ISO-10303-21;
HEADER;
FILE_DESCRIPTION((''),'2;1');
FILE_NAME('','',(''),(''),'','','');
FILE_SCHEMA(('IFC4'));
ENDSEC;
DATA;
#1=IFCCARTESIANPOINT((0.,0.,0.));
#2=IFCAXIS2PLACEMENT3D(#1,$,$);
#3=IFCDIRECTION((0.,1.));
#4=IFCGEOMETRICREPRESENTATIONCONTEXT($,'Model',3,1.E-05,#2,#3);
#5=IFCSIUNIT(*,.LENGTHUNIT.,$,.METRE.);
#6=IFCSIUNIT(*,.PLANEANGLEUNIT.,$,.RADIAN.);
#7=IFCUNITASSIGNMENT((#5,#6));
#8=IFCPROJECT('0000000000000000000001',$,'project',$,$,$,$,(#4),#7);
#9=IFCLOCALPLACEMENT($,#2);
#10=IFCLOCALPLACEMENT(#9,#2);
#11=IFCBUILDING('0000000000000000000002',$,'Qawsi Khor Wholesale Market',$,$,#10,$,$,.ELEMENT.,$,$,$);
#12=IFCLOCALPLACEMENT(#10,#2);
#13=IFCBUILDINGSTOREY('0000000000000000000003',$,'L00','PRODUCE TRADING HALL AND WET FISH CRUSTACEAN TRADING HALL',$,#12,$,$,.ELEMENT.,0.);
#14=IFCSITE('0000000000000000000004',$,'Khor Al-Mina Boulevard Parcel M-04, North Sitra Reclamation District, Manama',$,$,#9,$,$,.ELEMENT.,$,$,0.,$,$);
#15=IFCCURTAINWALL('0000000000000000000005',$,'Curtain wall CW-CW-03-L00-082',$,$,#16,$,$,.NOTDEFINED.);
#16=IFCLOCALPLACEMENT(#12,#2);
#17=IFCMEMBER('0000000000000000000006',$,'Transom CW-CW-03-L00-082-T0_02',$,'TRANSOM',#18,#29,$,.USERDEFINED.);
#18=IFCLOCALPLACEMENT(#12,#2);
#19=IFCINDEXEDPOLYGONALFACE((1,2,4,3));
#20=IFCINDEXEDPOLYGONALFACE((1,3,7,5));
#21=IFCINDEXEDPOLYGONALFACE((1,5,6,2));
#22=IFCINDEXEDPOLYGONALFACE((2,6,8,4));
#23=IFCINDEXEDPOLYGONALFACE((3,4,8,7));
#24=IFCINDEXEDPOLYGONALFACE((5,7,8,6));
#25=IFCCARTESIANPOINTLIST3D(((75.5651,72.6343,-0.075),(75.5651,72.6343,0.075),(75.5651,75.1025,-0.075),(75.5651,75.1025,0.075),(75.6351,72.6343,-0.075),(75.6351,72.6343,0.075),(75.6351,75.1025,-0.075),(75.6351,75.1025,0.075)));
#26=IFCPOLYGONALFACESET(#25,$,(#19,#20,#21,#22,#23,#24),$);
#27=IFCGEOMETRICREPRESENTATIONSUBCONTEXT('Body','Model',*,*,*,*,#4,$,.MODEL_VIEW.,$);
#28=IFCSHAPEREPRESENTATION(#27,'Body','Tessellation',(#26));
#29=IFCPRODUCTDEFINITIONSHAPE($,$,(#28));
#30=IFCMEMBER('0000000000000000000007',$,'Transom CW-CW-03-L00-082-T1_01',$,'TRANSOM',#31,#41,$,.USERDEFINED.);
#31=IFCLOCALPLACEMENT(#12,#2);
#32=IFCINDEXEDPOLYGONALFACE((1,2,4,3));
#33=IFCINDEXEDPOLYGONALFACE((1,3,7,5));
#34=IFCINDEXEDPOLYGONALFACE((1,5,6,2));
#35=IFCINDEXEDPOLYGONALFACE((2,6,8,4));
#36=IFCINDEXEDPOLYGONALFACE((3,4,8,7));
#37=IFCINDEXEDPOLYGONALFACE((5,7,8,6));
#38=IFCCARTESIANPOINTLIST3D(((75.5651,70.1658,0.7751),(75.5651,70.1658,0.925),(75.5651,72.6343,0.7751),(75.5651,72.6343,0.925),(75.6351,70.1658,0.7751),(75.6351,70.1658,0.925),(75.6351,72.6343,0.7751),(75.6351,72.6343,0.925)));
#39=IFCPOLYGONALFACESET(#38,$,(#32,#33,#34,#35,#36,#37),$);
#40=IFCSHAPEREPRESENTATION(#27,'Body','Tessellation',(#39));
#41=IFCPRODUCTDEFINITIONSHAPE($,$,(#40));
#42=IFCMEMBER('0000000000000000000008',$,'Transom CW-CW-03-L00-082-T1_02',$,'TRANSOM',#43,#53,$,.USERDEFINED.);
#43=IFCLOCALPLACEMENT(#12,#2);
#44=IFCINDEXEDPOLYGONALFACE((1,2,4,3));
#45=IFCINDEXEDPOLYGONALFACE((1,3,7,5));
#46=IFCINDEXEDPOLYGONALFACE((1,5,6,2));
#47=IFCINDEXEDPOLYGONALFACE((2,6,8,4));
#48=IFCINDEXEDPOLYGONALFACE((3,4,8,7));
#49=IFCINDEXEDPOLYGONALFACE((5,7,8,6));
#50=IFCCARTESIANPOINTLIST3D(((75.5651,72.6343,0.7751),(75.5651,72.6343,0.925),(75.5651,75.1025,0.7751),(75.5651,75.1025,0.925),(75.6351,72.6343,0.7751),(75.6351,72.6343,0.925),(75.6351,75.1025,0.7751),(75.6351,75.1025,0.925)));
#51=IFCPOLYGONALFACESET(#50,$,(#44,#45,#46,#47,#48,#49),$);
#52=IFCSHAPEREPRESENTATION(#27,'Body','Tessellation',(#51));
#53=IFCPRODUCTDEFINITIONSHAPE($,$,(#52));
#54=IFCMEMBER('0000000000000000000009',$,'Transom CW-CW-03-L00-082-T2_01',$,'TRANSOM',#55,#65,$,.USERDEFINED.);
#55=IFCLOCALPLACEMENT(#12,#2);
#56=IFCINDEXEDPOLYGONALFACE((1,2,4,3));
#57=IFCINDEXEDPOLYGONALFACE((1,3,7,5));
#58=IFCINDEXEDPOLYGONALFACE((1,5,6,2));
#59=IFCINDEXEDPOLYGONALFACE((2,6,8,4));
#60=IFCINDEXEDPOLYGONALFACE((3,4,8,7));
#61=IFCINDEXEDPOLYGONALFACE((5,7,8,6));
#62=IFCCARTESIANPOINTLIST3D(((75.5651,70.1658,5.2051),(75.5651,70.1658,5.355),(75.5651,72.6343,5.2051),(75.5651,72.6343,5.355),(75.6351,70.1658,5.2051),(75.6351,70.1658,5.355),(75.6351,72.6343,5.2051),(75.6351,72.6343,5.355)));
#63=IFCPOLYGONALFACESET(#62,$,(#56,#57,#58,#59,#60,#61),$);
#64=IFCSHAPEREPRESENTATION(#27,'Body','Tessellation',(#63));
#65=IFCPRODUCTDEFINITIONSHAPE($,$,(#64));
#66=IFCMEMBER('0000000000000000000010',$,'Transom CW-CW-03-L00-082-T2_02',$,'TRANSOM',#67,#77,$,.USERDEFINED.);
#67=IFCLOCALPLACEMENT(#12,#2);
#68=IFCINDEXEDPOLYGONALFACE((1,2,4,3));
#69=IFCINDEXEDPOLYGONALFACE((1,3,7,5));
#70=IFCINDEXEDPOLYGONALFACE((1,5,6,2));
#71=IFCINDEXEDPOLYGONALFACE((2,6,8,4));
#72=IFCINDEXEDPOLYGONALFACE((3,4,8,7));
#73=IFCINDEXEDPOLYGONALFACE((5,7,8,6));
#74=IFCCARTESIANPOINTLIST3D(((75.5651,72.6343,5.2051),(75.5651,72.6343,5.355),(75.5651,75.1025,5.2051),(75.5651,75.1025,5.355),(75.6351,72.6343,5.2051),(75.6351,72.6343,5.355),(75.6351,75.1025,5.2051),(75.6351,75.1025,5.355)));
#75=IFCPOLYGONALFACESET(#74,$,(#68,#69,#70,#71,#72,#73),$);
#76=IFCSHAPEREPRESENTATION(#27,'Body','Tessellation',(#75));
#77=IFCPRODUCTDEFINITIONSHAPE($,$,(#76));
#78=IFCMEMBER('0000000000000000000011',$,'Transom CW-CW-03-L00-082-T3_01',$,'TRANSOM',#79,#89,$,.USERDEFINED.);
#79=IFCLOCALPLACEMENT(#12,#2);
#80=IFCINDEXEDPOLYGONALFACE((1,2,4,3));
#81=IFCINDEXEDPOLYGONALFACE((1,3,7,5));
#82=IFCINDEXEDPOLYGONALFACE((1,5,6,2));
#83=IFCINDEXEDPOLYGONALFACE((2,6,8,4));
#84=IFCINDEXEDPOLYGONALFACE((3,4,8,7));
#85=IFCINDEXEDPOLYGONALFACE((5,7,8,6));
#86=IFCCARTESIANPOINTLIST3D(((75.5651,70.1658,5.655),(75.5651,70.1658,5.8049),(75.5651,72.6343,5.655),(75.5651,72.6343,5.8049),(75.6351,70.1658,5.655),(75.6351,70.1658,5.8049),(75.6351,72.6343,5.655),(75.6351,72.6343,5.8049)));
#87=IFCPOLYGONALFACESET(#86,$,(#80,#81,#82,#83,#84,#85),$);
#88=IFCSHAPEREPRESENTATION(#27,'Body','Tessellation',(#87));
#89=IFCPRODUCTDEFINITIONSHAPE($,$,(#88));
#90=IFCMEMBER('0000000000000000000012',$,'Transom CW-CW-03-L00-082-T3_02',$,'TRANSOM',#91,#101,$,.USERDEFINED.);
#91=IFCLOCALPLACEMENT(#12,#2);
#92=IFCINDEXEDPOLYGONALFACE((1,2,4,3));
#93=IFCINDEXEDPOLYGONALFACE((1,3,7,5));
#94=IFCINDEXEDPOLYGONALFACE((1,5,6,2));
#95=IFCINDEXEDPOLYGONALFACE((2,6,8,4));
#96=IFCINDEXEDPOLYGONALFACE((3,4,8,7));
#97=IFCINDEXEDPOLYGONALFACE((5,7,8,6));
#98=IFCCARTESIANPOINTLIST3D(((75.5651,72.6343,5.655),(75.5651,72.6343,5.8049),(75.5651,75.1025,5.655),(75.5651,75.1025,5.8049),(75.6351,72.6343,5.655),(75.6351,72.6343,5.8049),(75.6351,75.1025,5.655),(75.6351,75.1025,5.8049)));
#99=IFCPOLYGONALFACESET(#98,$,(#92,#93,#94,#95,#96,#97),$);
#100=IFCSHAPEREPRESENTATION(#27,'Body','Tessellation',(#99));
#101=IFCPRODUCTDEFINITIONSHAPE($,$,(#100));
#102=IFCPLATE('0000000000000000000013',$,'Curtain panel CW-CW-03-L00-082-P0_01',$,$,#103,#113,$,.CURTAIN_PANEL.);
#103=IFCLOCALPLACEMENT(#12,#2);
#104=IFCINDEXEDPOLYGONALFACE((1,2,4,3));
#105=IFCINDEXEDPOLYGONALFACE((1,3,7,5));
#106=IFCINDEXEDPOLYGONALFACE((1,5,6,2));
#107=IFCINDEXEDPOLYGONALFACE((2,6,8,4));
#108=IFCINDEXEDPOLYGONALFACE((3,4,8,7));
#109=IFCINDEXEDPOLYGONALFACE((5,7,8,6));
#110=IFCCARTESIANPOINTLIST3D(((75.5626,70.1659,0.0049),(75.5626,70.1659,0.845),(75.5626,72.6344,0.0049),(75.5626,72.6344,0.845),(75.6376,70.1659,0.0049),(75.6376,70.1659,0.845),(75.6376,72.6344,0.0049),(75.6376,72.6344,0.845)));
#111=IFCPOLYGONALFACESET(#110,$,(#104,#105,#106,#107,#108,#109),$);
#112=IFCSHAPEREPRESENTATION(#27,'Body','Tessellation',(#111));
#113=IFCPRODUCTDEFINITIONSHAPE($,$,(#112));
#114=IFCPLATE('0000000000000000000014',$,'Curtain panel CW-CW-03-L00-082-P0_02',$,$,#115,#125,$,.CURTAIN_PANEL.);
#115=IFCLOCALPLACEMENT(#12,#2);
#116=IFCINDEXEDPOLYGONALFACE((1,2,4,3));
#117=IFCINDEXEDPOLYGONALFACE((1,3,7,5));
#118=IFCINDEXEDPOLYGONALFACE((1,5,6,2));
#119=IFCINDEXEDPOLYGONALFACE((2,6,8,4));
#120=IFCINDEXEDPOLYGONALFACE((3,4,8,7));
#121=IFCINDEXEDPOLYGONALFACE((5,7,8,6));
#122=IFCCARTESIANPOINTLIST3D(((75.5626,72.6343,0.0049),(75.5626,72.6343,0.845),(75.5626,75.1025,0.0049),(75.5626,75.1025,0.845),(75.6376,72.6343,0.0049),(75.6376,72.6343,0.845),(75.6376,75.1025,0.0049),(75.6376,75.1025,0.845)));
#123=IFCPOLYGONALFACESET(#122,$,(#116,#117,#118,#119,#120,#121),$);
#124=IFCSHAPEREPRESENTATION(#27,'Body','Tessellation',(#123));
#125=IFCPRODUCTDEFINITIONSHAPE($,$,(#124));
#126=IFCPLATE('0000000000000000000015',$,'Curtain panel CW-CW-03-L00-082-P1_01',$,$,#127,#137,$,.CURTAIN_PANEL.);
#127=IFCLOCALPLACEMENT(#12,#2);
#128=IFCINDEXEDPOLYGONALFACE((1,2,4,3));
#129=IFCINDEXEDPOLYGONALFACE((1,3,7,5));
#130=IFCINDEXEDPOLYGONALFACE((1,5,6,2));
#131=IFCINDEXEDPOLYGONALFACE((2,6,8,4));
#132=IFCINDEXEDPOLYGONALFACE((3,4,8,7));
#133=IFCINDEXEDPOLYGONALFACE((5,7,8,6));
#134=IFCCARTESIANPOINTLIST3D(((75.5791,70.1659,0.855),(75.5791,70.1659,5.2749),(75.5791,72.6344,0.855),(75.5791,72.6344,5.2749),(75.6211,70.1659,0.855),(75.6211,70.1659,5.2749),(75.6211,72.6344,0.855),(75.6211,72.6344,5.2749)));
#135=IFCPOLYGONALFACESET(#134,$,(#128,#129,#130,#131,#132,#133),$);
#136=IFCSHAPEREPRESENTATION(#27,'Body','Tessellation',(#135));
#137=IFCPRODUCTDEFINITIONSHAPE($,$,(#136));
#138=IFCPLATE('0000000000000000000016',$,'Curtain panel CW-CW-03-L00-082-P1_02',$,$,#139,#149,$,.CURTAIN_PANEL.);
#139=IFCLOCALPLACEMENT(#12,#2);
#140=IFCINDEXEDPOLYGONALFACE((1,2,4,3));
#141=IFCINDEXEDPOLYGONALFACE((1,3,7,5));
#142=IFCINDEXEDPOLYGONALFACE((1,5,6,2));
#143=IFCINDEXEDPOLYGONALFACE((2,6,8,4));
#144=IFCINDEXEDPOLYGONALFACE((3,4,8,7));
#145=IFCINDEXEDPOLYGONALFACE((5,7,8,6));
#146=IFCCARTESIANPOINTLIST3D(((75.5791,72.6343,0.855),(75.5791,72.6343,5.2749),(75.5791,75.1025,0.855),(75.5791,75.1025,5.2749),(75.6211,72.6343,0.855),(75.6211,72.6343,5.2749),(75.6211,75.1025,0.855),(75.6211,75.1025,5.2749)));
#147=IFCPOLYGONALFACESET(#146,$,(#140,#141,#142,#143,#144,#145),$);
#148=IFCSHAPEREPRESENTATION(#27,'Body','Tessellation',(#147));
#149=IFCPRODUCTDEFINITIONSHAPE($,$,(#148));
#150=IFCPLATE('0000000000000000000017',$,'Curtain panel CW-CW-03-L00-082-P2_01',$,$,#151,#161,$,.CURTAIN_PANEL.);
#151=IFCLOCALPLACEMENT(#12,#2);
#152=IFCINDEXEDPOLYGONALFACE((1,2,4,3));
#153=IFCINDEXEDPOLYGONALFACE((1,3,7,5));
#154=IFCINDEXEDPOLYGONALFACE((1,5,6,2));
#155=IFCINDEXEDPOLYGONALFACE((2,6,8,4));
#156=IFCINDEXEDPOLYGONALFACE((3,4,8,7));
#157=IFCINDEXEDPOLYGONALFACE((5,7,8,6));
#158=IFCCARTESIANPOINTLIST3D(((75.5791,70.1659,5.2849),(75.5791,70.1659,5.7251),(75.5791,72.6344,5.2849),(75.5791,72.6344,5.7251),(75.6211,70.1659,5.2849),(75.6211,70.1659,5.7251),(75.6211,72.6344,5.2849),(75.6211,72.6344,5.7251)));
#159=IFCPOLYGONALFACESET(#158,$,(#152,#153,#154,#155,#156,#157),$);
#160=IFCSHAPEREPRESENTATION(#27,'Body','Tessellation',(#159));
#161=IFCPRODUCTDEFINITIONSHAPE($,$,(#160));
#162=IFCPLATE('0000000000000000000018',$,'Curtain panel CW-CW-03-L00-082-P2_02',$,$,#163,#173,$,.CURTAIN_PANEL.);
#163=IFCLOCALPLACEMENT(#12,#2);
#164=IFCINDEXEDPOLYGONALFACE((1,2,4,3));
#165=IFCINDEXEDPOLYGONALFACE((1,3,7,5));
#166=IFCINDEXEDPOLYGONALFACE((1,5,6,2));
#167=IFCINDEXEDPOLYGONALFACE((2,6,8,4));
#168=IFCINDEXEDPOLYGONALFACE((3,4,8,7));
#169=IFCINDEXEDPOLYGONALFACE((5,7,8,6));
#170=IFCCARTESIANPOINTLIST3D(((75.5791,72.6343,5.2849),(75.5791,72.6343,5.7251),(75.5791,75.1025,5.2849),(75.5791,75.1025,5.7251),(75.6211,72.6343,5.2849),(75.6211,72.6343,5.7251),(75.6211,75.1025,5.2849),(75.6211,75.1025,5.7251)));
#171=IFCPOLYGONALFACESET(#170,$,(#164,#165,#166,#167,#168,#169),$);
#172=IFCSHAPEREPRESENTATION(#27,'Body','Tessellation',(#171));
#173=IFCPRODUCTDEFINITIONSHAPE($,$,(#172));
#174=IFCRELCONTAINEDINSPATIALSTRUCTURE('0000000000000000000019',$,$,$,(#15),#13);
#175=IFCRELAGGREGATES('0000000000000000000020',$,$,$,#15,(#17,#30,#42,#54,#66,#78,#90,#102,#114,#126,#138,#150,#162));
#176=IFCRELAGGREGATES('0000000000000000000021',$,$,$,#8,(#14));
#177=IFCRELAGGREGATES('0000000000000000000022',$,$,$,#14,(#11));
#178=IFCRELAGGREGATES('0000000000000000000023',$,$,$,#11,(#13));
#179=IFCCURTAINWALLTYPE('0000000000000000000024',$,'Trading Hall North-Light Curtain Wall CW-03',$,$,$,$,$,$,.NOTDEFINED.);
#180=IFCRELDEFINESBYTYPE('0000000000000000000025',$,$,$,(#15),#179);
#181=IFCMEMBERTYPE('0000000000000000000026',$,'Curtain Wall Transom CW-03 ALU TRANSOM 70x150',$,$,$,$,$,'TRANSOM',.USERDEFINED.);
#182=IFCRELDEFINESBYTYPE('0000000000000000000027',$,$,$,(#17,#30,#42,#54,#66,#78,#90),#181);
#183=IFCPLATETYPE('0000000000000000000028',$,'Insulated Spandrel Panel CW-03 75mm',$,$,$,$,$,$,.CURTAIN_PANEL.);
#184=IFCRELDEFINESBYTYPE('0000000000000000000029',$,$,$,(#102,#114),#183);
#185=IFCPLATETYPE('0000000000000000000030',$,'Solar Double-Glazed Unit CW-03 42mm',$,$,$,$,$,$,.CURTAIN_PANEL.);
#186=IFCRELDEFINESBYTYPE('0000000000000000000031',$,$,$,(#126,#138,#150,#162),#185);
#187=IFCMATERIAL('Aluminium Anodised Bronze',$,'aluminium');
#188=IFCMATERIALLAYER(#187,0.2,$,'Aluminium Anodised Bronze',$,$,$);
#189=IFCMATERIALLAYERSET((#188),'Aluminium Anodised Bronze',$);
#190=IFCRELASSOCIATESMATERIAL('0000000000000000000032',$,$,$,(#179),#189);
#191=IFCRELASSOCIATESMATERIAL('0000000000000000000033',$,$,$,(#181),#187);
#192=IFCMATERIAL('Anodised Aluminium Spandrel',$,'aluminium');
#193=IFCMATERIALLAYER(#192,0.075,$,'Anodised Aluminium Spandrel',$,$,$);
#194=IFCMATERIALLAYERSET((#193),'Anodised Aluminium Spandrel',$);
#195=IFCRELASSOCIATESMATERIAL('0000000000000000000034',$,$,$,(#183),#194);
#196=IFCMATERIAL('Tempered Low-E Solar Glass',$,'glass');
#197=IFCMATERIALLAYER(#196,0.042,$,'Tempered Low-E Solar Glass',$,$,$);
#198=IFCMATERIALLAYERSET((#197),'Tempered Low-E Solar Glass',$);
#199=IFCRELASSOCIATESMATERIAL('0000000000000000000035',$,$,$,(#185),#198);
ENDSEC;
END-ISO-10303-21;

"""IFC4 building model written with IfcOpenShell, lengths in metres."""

from ifc_helpers import new_model, si_unit, direction, frame, frame_2d, origin, origin_2d, place, context, subcontext, project, spatial, rectangle, extrude, material, layer, layer_set, material_profile, profile_set, type_object, element, aggregate, save


model = new_model("IFC4")

# Units and contexts
model_context = context("Model", 3, precision=1e-05, world=origin(), true_north=direction((0.0, 1.0)))
body_context = subcontext(model_context, "Body", "Model", "MODEL_VIEW")
ifc_project = project(units=[si_unit("LENGTHUNIT", "METRE"), si_unit("PLANEANGLEUNIT", "RADIAN")], contexts=[model_context])

# Site, building, storey
site_placement = place(None, origin())
site = spatial("IfcSite", under=ifc_project, at=site_placement, Name="Khor Al-Mina Boulevard Parcel M-04, North Sitra Reclamation District, Manama", CompositionType="ELEMENT", RefElevation=0.0)
building_placement = place(site_placement, origin())
building = spatial("IfcBuilding", under=site, at=building_placement, Name="Qawsi Khor Wholesale Market", CompositionType="ELEMENT")
storey_placement = place(building_placement, origin())
storey = spatial("IfcBuildingStorey", under=building, at=storey_placement, Name="L00", Description="PRODUCE TRADING HALL AND WET FISH CRUSTACEAN TRADING HALL", CompositionType="ELEMENT", Elevation=0.0)

# Curtain wall, members, plates
ifc_material_1 = material(Name="Aluminium Anodised Bronze", Category="aluminium")
ifc_layer_1 = layer(ifc_material_1, 0.2, Name="Aluminium Anodised Bronze")
ifc_layer_set_1 = layer_set([ifc_layer_1], Name="Aluminium Anodised Bronze")
curtain_wall_type = type_object("IfcCurtainWallType", Name="Trading Hall North-Light Curtain Wall CW-03", PredefinedType="NOTDEFINED", material=ifc_layer_set_1)
curtain_wall_placement = place(storey_placement, origin())
curtain_wall = element("IfcCurtainWall", 1, at=curtain_wall_placement, inside=storey, type_object=curtain_wall_type, Name="Curtain wall CW-CW-03-L00-082", PredefinedType="NOTDEFINED")
ifc_material_profile_1 = material_profile(ifc_material_1, rectangle(XDim=0.0701, YDim=0.1499, at=origin_2d()), Name="ALU TRANSOM 70x150")
ifc_profile_set_1 = profile_set([ifc_material_profile_1], Name="Aluminium Anodised Bronze")
member_type_1 = type_object("IfcMemberType", Name="Curtain Wall Transom CW-03 ALU TRANSOM 70x150", ElementType="TRANSOM", PredefinedType="USERDEFINED", material=ifc_profile_set_1)
member_1_placement = place(storey_placement, frame((75.6001, 72.6343, 0.0), z_axis=(0.0, 1.0, 0.0), x_axis=(-1.0, 0.0, 0.0)))
member_1 = element("IfcMember", 2, at=member_1_placement, type_object=member_type_1, Name="Transom CW-CW-03-L00-082-T0_02", ObjectType="TRANSOM", PredefinedType="USERDEFINED", context=body_context, shape_type="SweptSolid", body=[
    extrude(rectangle(XDim=0.0701, YDim=0.1499, at=origin_2d()), origin(), (0.0, 0.0, 1.0), 2.4683),
])
member_2_placement = place(storey_placement, frame((75.6001, 70.1658, 0.8501), z_axis=(0.0, 1.0, 0.0), x_axis=(-1.0, 0.0, 0.0)))
member_2 = element("IfcMember", 3, at=member_2_placement, type_object=member_type_1, Name="Transom CW-CW-03-L00-082-T1_01", ObjectType="TRANSOM", PredefinedType="USERDEFINED", context=body_context, shape_type="SweptSolid", body=[
    extrude(rectangle(XDim=0.0701, YDim=0.1499, at=origin_2d()), origin(), (0.0, 0.0, 1.0), 2.4685),
])
member_3_placement = place(storey_placement, frame((75.6001, 72.6343, 0.8501), z_axis=(0.0, 1.0, 0.0), x_axis=(-1.0, 0.0, 0.0)))
member_3 = element("IfcMember", 4, at=member_3_placement, type_object=member_type_1, Name="Transom CW-CW-03-L00-082-T1_02", ObjectType="TRANSOM", PredefinedType="USERDEFINED", context=body_context, shape_type="SweptSolid", body=[
    extrude(rectangle(XDim=0.0701, YDim=0.1499, at=origin_2d()), origin(), (0.0, 0.0, 1.0), 2.4683),
])
member_4_placement = place(storey_placement, frame((75.6001, 70.1658, 5.28), z_axis=(0.0, 1.0, 0.0), x_axis=(-1.0, 0.0, 0.0)))
member_4 = element("IfcMember", 5, at=member_4_placement, type_object=member_type_1, Name="Transom CW-CW-03-L00-082-T2_01", ObjectType="TRANSOM", PredefinedType="USERDEFINED", context=body_context, shape_type="SweptSolid", body=[
    extrude(rectangle(XDim=0.0701, YDim=0.1499, at=origin_2d()), origin(), (0.0, 0.0, 1.0), 2.4685),
])
member_5_placement = place(storey_placement, frame((75.6001, 72.6343, 5.28), z_axis=(0.0, 1.0, 0.0), x_axis=(-1.0, 0.0, 0.0)))
member_5 = element("IfcMember", 6, at=member_5_placement, type_object=member_type_1, Name="Transom CW-CW-03-L00-082-T2_02", ObjectType="TRANSOM", PredefinedType="USERDEFINED", context=body_context, shape_type="SweptSolid", body=[
    extrude(rectangle(XDim=0.0701, YDim=0.1499, at=origin_2d()), origin(), (0.0, 0.0, 1.0), 2.4683),
])
member_6_placement = place(storey_placement, frame((75.6001, 70.1658, 5.73), z_axis=(0.0, 1.0, 0.0), x_axis=(-1.0, 0.0, 0.0)))
member_6 = element("IfcMember", 7, at=member_6_placement, type_object=member_type_1, Name="Transom CW-CW-03-L00-082-T3_01", ObjectType="TRANSOM", PredefinedType="USERDEFINED", context=body_context, shape_type="SweptSolid", body=[
    extrude(rectangle(XDim=0.0701, YDim=0.1499, at=origin_2d()), origin(), (0.0, 0.0, 1.0), 2.4685),
])
member_7_placement = place(storey_placement, frame((75.6001, 72.6343, 5.73), z_axis=(0.0, 1.0, 0.0), x_axis=(-1.0, 0.0, 0.0)))
member_7 = element("IfcMember", 8, at=member_7_placement, type_object=member_type_1, Name="Transom CW-CW-03-L00-082-T3_02", ObjectType="TRANSOM", PredefinedType="USERDEFINED", context=body_context, shape_type="SweptSolid", body=[
    extrude(rectangle(XDim=0.0701, YDim=0.1499, at=origin_2d()), origin(), (0.0, 0.0, 1.0), 2.4683),
])
ifc_material_2 = material(Name="Anodised Aluminium Spandrel", Category="aluminium")
ifc_layer_2 = layer(ifc_material_2, 0.075, Name="Anodised Aluminium Spandrel")
ifc_layer_set_2 = layer_set([ifc_layer_2], Name="Anodised Aluminium Spandrel")
plate_type_1 = type_object("IfcPlateType", Name="Insulated Spandrel Panel CW-03 75mm", PredefinedType="CURTAIN_PANEL", material=ifc_layer_set_2)
plate_1_placement = place(storey_placement, frame((75.6001, 70.1658, 0.0049), z_axis=(0.0, 0.0, 1.0), x_axis=(0.0, 1.0, 0.0)))
plate_1 = element("IfcPlate", 9, at=plate_1_placement, type_object=plate_type_1, Name="Curtain panel CW-CW-03-L00-082-P0_01", PredefinedType="CURTAIN_PANEL", context=body_context, shape_type="SweptSolid", body=[
    extrude(rectangle(XDim=2.4685, YDim=0.075, at=frame_2d((1.2344, 0.0))), origin(), (0.0, 0.0, 1.0), 0.8401),
])
plate_2_placement = place(storey_placement, frame((75.6001, 72.6343, 0.0049), z_axis=(0.0, 0.0, 1.0), x_axis=(0.0, 1.0, 0.0)))
plate_2 = element("IfcPlate", 10, at=plate_2_placement, type_object=plate_type_1, Name="Curtain panel CW-CW-03-L00-082-P0_02", PredefinedType="CURTAIN_PANEL", context=body_context, shape_type="SweptSolid", body=[
    extrude(rectangle(XDim=2.4683, YDim=0.075, at=frame_2d((1.2341, 0.0))), origin(), (0.0, 0.0, 1.0), 0.8401),
])
ifc_material_3 = material(Name="Tempered Low-E Solar Glass", Category="glass")
ifc_layer_3 = layer(ifc_material_3, 0.042, Name="Tempered Low-E Solar Glass")
ifc_layer_set_3 = layer_set([ifc_layer_3], Name="Tempered Low-E Solar Glass")
plate_type_2 = type_object("IfcPlateType", Name="Solar Double-Glazed Unit CW-03 42mm", PredefinedType="CURTAIN_PANEL", material=ifc_layer_set_3)
plate_3_placement = place(storey_placement, frame((75.6001, 70.1658, 0.855), z_axis=(0.0, 0.0, 1.0), x_axis=(0.0, 1.0, 0.0)))
plate_3 = element("IfcPlate", 11, at=plate_3_placement, type_object=plate_type_2, Name="Curtain panel CW-CW-03-L00-082-P1_01", PredefinedType="CURTAIN_PANEL", context=body_context, shape_type="SweptSolid", body=[
    extrude(rectangle(XDim=2.4685, YDim=0.042, at=frame_2d((1.2344, 0.0))), origin(), (0.0, 0.0, 1.0), 4.4199),
])
plate_4_placement = place(storey_placement, frame((75.6001, 72.6343, 0.855), z_axis=(0.0, 0.0, 1.0), x_axis=(0.0, 1.0, 0.0)))
plate_4 = element("IfcPlate", 12, at=plate_4_placement, type_object=plate_type_2, Name="Curtain panel CW-CW-03-L00-082-P1_02", PredefinedType="CURTAIN_PANEL", context=body_context, shape_type="SweptSolid", body=[
    extrude(rectangle(XDim=2.4683, YDim=0.042, at=frame_2d((1.2341, 0.0))), origin(), (0.0, 0.0, 1.0), 4.4199),
])
plate_5_placement = place(storey_placement, frame((75.6001, 70.1658, 5.2849), z_axis=(0.0, 0.0, 1.0), x_axis=(0.0, 1.0, 0.0)))
plate_5 = element("IfcPlate", 13, at=plate_5_placement, type_object=plate_type_2, Name="Curtain panel CW-CW-03-L00-082-P2_01", PredefinedType="CURTAIN_PANEL", context=body_context, shape_type="SweptSolid", body=[
    extrude(rectangle(XDim=2.4685, YDim=0.042, at=frame_2d((1.2344, 0.0))), origin(), (0.0, 0.0, 1.0), 0.4402),
])
plate_6_placement = place(storey_placement, frame((75.6001, 72.6343, 5.2849), z_axis=(0.0, 0.0, 1.0), x_axis=(0.0, 1.0, 0.0)))
plate_6 = element("IfcPlate", 14, at=plate_6_placement, type_object=plate_type_2, Name="Curtain panel CW-CW-03-L00-082-P2_02", PredefinedType="CURTAIN_PANEL", context=body_context, shape_type="SweptSolid", body=[
    extrude(rectangle(XDim=2.4683, YDim=0.042, at=frame_2d((1.2341, 0.0))), origin(), (0.0, 0.0, 1.0), 0.4402),
])
aggregate(curtain_wall, [member_1, member_2, member_3, member_4, member_5, member_6, member_7, plate_1, plate_2, plate_3, plate_4, plate_5, plate_6])

save(model, "model.ifc")
